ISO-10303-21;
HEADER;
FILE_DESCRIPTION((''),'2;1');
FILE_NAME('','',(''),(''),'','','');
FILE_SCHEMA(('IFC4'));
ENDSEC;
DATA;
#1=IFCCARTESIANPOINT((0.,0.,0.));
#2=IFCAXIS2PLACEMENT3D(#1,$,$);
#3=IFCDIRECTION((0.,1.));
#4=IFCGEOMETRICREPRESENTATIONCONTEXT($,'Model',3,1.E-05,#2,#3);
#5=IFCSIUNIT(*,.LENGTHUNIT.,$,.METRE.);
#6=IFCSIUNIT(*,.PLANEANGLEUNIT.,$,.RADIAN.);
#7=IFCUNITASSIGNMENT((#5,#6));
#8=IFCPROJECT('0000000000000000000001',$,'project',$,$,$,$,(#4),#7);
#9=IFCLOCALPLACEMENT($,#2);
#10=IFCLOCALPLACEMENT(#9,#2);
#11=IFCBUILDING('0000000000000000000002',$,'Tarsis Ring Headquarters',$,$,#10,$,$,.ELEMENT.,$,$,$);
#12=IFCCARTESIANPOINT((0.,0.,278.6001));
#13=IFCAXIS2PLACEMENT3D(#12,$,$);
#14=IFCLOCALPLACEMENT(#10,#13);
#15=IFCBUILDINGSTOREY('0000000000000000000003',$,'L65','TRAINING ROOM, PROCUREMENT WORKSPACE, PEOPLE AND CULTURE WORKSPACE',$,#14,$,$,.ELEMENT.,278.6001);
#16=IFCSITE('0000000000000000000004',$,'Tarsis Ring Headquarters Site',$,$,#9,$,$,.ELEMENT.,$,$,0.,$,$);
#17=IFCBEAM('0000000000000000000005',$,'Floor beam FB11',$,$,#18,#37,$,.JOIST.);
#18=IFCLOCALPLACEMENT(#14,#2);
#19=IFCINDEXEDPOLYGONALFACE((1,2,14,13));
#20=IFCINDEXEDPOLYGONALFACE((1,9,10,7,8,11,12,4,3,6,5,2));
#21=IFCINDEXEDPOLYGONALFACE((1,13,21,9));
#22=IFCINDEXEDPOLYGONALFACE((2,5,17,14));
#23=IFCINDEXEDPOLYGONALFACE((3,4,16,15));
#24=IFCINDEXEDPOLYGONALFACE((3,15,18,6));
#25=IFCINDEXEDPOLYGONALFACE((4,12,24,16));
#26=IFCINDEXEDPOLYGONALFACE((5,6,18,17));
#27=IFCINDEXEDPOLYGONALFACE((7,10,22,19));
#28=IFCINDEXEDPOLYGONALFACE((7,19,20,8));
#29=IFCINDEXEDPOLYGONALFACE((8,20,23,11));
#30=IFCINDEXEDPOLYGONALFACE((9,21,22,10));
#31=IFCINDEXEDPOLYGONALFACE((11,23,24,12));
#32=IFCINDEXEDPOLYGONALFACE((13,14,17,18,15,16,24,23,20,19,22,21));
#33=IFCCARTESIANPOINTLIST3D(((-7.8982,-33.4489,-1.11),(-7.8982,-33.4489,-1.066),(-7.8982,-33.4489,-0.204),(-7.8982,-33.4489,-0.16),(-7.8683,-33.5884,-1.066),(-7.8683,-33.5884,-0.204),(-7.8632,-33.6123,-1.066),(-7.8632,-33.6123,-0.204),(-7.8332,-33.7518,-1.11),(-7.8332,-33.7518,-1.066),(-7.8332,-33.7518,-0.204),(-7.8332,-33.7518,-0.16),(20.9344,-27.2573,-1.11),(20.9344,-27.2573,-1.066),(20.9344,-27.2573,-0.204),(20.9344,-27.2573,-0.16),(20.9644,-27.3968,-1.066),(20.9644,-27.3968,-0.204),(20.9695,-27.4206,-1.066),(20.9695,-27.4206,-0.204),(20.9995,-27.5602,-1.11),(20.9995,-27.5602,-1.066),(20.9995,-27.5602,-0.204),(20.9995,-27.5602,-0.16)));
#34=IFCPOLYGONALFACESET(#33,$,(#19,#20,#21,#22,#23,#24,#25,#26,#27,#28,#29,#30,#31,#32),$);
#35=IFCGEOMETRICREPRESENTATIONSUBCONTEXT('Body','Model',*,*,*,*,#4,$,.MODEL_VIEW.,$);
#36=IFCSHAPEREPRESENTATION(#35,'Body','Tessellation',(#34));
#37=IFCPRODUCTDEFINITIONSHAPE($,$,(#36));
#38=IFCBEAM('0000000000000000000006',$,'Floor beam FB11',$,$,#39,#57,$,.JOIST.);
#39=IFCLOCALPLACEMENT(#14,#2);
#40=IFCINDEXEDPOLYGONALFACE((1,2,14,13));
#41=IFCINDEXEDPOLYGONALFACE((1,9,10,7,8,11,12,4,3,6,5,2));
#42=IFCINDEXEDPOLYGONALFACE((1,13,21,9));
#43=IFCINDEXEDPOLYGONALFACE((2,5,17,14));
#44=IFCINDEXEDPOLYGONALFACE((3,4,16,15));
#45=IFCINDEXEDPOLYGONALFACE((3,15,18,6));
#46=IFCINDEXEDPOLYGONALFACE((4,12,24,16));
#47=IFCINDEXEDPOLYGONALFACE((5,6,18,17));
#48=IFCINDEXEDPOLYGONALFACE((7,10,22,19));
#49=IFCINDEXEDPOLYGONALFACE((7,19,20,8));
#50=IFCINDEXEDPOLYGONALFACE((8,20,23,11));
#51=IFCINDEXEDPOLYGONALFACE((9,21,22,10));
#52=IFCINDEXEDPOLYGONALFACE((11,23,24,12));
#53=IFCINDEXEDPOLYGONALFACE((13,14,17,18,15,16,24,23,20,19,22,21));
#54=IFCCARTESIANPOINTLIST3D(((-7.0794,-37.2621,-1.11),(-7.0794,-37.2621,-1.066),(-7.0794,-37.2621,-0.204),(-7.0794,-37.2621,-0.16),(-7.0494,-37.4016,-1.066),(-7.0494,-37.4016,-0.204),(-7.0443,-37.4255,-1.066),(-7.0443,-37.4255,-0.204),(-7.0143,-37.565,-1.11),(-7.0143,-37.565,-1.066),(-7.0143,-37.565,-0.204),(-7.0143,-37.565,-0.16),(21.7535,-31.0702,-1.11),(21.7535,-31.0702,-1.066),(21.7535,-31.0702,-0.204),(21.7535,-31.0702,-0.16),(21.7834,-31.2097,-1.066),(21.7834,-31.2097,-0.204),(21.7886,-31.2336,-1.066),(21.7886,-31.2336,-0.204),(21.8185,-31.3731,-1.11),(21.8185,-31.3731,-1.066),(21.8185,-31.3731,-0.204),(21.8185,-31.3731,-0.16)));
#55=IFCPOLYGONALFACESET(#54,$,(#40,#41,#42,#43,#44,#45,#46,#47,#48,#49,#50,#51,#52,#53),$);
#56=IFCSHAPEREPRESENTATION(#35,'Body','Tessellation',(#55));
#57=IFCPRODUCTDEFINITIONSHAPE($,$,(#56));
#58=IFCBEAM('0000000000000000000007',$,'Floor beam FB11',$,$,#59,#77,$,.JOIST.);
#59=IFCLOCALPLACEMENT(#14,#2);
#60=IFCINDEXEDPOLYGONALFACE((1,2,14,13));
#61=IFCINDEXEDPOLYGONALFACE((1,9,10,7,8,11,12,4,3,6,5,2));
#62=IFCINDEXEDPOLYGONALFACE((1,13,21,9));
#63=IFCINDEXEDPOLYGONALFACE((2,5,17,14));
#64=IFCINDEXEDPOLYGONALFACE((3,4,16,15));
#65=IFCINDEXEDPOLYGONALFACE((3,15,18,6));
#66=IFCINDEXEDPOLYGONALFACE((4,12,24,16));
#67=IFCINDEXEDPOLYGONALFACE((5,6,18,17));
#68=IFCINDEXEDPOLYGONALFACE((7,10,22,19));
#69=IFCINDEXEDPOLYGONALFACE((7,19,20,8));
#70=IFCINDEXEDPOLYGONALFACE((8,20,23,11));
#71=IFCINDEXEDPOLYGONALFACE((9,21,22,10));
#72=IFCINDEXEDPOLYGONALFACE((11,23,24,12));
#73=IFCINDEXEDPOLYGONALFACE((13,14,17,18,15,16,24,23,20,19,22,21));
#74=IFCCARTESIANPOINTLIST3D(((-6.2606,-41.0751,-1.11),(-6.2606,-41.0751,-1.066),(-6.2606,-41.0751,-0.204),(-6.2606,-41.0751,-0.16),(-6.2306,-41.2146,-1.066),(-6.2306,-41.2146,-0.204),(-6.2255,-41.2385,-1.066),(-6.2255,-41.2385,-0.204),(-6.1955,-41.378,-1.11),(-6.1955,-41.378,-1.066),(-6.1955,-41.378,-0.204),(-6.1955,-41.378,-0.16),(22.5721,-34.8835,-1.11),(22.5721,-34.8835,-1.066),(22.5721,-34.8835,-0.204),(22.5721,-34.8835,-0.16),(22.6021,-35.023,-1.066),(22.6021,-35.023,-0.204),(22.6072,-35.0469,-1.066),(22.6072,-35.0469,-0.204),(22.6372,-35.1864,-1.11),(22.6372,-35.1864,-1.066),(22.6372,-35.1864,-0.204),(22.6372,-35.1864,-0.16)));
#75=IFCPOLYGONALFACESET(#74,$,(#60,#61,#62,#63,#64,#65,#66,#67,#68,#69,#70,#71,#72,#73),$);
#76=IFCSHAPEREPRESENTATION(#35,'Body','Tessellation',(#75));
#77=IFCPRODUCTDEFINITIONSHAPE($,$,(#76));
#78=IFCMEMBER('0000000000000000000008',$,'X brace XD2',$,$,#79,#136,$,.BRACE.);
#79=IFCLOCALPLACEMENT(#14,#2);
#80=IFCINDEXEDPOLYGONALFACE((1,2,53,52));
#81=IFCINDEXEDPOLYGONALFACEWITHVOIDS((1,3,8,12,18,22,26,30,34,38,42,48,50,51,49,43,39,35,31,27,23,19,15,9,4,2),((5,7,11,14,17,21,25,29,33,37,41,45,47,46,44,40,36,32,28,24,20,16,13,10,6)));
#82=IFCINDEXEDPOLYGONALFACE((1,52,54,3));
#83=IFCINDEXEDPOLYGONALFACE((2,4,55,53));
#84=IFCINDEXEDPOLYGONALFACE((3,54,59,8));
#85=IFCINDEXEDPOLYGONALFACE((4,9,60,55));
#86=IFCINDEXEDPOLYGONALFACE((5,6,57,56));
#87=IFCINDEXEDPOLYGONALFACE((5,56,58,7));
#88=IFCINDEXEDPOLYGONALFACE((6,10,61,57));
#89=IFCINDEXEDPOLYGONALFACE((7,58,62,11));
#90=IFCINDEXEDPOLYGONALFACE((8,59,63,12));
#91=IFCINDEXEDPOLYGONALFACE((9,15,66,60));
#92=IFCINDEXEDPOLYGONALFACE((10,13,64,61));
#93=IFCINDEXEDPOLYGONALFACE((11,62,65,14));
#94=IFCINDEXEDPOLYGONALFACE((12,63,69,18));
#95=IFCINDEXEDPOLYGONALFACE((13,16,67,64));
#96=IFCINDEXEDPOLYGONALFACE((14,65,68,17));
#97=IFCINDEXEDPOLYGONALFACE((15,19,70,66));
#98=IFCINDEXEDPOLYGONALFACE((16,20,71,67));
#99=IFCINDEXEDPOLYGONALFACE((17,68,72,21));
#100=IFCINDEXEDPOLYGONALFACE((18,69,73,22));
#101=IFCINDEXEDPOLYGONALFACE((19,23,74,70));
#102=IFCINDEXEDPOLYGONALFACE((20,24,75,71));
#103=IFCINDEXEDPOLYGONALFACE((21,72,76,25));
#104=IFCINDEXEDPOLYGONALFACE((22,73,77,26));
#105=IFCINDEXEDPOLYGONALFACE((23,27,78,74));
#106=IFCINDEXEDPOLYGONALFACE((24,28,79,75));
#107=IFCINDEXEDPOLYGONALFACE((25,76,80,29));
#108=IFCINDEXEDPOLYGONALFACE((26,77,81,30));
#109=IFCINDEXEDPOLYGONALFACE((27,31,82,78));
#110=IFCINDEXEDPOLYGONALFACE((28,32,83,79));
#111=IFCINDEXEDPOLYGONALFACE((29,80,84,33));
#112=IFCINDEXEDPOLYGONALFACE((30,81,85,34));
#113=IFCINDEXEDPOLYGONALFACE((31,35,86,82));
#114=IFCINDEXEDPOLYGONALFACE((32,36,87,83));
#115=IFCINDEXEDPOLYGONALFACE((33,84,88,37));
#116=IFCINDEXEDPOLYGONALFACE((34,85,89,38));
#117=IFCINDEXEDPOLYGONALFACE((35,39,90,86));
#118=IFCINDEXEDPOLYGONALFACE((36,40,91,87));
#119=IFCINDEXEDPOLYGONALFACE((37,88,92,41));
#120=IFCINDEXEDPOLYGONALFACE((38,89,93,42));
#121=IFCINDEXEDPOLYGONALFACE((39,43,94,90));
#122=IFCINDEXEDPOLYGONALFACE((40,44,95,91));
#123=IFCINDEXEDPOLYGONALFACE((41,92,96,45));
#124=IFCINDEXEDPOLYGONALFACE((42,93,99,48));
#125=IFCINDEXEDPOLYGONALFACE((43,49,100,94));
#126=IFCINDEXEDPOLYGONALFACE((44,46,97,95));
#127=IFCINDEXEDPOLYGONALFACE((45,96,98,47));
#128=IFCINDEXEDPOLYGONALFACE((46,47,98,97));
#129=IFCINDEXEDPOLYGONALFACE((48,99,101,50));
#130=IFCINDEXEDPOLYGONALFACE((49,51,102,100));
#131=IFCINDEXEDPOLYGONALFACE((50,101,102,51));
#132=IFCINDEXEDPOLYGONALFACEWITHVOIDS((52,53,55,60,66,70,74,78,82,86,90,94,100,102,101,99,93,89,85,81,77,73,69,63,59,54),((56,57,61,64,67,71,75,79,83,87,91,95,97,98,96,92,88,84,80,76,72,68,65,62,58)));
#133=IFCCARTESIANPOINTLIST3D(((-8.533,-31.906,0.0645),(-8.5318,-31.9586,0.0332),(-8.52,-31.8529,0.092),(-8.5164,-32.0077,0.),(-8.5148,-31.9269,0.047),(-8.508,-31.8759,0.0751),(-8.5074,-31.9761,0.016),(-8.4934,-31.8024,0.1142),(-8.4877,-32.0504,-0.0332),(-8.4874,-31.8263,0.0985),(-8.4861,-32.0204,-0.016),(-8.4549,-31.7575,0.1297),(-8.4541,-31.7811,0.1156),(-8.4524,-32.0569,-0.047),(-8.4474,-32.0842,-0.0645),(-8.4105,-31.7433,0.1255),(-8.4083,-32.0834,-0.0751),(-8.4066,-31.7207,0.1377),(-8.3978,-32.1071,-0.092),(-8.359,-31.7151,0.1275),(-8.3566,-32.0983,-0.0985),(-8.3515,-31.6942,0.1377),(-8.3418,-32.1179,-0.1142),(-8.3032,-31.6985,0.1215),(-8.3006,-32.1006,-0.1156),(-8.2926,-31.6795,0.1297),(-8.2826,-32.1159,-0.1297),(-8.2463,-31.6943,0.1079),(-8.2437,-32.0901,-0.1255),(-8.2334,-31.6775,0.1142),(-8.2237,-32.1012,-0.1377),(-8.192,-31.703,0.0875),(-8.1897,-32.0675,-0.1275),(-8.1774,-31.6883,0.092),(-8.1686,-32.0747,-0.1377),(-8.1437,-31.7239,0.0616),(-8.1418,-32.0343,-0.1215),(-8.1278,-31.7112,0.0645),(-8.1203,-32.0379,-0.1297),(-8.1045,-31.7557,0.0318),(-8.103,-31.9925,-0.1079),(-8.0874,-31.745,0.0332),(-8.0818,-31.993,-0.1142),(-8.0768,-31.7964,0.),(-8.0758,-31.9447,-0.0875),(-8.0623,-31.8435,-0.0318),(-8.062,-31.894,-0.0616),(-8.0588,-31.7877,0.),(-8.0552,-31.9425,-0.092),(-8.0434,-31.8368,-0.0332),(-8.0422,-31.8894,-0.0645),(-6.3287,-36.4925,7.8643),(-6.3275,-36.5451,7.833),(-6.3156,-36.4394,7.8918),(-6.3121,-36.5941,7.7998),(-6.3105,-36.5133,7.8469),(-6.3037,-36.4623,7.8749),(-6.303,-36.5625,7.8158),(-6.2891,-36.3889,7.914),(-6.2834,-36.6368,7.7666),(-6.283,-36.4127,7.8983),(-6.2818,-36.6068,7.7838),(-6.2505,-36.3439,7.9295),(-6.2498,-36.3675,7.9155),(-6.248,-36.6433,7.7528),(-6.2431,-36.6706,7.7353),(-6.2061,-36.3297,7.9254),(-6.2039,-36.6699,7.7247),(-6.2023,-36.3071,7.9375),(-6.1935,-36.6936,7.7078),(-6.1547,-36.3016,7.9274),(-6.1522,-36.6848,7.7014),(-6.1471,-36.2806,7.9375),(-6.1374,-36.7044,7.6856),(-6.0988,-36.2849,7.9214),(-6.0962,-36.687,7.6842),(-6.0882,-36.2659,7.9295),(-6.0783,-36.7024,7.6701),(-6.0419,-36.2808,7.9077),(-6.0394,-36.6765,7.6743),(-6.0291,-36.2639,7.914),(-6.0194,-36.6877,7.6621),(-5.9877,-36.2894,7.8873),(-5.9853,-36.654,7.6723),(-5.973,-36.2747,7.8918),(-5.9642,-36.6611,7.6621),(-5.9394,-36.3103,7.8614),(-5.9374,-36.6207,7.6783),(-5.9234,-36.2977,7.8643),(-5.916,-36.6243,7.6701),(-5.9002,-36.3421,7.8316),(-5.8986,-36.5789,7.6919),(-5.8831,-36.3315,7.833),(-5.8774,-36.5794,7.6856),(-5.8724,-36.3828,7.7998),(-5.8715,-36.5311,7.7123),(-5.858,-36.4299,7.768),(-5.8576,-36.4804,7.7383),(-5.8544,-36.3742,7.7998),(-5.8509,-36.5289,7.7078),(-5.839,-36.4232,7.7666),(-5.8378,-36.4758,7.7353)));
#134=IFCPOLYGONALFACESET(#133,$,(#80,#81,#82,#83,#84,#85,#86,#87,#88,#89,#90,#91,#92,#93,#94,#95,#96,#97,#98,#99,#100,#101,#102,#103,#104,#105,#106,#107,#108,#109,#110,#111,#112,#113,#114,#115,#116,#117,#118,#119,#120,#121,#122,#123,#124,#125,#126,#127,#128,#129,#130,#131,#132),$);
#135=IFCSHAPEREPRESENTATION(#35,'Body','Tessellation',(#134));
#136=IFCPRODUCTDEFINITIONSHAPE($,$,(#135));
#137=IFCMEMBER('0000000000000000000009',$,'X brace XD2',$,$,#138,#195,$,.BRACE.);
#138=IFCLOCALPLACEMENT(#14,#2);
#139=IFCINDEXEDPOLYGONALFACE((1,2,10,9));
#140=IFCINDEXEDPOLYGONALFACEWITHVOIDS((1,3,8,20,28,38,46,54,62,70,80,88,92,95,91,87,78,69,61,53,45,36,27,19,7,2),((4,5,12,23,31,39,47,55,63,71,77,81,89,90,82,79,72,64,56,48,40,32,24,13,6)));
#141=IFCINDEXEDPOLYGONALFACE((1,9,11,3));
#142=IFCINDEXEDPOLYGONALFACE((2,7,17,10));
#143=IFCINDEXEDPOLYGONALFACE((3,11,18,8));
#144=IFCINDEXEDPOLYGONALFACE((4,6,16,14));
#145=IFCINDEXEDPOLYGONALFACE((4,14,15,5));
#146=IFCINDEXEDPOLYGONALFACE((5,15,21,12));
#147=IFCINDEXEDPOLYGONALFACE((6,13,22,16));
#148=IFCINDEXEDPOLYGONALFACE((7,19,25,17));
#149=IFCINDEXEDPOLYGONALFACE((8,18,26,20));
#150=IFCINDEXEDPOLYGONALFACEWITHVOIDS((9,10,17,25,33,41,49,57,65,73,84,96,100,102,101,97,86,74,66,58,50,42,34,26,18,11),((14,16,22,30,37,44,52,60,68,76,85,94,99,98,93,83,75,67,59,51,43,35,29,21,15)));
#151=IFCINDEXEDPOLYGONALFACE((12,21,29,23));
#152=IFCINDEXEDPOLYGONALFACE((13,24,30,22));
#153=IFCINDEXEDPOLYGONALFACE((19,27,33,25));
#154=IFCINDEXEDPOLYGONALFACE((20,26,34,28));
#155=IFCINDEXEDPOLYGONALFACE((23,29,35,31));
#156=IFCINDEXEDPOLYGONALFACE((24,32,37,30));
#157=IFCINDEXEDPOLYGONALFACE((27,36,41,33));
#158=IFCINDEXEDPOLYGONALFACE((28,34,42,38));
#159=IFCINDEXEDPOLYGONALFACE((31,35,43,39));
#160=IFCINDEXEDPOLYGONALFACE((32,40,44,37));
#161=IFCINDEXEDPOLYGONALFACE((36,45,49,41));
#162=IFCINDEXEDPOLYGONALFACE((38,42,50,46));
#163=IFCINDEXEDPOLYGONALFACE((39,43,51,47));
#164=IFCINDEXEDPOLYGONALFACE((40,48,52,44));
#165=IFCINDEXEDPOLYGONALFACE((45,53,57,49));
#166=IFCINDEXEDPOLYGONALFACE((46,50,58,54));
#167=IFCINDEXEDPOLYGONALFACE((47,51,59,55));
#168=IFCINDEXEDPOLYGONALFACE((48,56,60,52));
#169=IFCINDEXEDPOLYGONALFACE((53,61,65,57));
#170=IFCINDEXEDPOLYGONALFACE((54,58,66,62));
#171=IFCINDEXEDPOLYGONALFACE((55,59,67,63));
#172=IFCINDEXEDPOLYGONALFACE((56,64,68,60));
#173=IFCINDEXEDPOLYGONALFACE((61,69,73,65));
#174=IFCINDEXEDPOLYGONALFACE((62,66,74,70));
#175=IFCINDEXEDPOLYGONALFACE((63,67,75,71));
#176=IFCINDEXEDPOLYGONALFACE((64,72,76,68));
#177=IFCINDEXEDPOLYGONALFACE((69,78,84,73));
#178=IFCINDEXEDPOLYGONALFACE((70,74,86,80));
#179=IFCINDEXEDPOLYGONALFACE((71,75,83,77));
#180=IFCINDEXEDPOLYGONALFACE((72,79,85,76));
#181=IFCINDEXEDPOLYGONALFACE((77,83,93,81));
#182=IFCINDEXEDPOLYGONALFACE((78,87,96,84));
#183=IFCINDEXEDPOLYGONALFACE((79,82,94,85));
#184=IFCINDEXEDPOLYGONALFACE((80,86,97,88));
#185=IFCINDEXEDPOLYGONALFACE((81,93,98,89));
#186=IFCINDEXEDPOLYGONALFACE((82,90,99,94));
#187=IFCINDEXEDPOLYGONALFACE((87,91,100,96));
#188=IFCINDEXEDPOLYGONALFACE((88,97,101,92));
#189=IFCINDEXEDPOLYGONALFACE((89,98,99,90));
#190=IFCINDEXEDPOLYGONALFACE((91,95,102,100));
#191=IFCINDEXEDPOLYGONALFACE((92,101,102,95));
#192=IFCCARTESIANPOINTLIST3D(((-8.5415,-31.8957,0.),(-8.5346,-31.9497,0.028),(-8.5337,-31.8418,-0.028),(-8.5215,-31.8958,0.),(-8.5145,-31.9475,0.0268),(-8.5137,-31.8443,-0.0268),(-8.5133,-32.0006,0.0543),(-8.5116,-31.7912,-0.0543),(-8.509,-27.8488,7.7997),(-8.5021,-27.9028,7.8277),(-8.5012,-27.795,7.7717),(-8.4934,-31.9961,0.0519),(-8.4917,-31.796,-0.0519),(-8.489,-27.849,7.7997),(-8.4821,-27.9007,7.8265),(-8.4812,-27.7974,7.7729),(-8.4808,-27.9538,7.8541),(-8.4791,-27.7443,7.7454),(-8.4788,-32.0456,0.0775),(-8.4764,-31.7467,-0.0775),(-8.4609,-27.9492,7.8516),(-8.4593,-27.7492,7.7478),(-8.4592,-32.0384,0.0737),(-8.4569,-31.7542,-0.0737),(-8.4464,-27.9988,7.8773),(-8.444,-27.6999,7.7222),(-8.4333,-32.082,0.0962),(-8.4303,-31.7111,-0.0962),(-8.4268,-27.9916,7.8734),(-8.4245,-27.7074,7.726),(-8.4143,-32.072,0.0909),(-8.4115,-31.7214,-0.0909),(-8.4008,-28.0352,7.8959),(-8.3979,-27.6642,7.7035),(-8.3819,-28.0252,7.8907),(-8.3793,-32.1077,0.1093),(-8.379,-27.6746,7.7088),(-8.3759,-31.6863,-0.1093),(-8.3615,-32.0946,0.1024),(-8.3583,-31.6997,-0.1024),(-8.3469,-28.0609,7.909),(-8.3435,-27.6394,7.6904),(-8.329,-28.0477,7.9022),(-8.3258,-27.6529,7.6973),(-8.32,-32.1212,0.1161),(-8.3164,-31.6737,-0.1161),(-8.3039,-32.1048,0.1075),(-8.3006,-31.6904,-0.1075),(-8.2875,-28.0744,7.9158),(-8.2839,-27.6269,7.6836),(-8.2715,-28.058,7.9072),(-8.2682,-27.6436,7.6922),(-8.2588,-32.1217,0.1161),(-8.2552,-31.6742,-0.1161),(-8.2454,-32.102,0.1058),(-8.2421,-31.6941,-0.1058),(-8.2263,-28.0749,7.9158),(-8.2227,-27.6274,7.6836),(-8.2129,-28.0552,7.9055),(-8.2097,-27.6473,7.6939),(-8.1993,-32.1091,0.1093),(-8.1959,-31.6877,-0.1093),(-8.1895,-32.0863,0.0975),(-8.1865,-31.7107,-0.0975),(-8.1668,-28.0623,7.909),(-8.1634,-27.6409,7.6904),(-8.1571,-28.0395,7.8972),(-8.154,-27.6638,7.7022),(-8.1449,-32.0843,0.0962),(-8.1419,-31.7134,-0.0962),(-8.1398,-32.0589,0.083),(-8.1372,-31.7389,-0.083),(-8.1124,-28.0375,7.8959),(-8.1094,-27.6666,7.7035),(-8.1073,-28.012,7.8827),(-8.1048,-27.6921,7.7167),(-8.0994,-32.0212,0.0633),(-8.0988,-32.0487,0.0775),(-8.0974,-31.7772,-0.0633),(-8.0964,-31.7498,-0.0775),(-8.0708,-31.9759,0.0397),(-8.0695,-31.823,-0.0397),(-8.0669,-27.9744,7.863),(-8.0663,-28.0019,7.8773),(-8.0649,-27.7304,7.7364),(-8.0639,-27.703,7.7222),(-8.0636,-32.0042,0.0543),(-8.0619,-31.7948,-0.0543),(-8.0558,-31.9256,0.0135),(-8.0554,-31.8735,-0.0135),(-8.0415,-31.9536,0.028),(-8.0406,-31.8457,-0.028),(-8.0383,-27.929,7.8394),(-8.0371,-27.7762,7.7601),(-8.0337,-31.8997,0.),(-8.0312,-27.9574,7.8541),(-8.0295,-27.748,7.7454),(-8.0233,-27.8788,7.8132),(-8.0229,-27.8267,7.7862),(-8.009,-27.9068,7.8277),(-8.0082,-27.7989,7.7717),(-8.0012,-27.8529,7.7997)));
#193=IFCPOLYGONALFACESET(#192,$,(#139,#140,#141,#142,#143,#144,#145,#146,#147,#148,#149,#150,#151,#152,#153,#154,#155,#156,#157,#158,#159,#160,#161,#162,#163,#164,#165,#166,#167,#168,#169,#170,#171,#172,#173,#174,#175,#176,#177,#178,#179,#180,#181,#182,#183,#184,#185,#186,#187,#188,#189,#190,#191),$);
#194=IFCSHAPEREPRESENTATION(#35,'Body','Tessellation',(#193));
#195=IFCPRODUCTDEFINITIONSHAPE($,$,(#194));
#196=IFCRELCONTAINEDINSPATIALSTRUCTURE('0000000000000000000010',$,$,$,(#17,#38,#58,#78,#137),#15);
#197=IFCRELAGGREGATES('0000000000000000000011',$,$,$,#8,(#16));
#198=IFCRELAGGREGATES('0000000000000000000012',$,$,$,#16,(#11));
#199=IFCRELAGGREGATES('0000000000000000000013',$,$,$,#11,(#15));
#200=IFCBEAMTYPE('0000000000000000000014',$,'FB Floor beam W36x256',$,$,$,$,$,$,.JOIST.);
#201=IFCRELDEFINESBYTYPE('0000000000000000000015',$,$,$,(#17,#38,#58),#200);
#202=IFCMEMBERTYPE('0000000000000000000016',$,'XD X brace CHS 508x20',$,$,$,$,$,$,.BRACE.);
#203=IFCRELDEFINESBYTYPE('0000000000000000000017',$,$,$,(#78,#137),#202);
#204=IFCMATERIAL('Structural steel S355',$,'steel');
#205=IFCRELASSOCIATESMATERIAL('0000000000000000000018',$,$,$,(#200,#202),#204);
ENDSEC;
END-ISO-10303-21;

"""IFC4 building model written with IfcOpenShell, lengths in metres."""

from ifc_helpers import new_model, si_unit, direction, frame, origin, origin_2d, place, context, subcontext, project, spatial, hollow_circle, i_section, extrude, material, material_profile, profile_set, type_object, element, save


model = new_model("IFC4")

# Units and contexts
model_context = context("Model", 3, precision=1e-05, world=origin(), true_north=direction((0.0, 1.0)))
body_context = subcontext(model_context, "Body", "Model", "MODEL_VIEW")
ifc_project = project(units=[si_unit("LENGTHUNIT", "METRE"), si_unit("PLANEANGLEUNIT", "RADIAN")], contexts=[model_context])

# Site, building, storey
site_placement = place(None, origin())
site = spatial("IfcSite", under=ifc_project, at=site_placement, Name="Tarsis Ring Headquarters Site", CompositionType="ELEMENT", RefElevation=0.0)
building_placement = place(site_placement, origin())
building = spatial("IfcBuilding", under=site, at=building_placement, Name="Tarsis Ring Headquarters", CompositionType="ELEMENT")
storey_placement = place(building_placement, frame((0.0, 0.0, 278.6001)))
storey = spatial("IfcBuildingStorey", under=building, at=storey_placement, Name="L65", Description="TRAINING ROOM, PROCUREMENT WORKSPACE, PEOPLE AND CULTURE WORKSPACE", CompositionType="ELEMENT", Elevation=278.6001)

# Shared definitions
ifc_material_1 = material(Name="Structural steel S355", Category="steel")

# Beams
ifc_material_profile_1 = material_profile(ifc_material_1, i_section(OverallWidth=0.3098, OverallDepth=0.95, WebThickness=0.0244, FlangeThickness=0.0439, at=origin_2d()), Name="W36x256")
ifc_profile_set_1 = profile_set([ifc_material_profile_1], Name="Structural steel S355")
beam_type_1 = type_object("IfcBeamType", Name="FB Floor beam W36x256", PredefinedType="JOIST", material=ifc_profile_set_1)
for number, where, z_axis, x_axis, name in (
    (1, (-7.8657, -33.6003, -0.635), (0.977711, 0.209957, 0.0), (-0.209957, 0.977711, 0.0), "Floor beam FB11"),
):
    element("IfcBeam", number, at=place(storey_placement, frame(where, z_axis=z_axis, x_axis=x_axis)), inside=storey, type_object=beam_type_1, Name=name, PredefinedType="JOIST", context=body_context, shape_type="SweptSolid", body=[
        extrude(i_section(OverallWidth=0.3098, OverallDepth=0.95, WebThickness=0.0244, FlangeThickness=0.0439, at=origin_2d()), origin(), (0.0, 0.0, 1.0), 29.49),
    ])
beam_1_placement = place(storey_placement, frame((-7.0469, -37.4136, -0.635), z_axis=(0.977709, 0.209965, 0.0), x_axis=(-0.209965, 0.977709, 0.0)))
element("IfcBeam", 2, at=beam_1_placement, inside=storey, type_object=beam_type_1, Name="Floor beam FB11", PredefinedType="JOIST", context=body_context, shape_type="SweptSolid", body=[
    extrude(i_section(OverallWidth=0.3098, OverallDepth=0.95, WebThickness=0.0244, FlangeThickness=0.0439, at=origin_2d()), origin(), (0.0, 0.0, 1.0), 29.4902),
])
beam_2_placement = place(storey_placement, frame((-6.228, -41.2266, -0.635), z_axis=(0.977711, 0.209957, 0.0), x_axis=(-0.209957, 0.977711, 0.0)))
element("IfcBeam", 3, at=beam_2_placement, inside=storey, type_object=beam_type_1, Name="Floor beam FB11", PredefinedType="JOIST", context=body_context, shape_type="SweptSolid", body=[
    extrude(i_section(OverallWidth=0.3098, OverallDepth=0.95, WebThickness=0.0244, FlangeThickness=0.0439, at=origin_2d()), origin(), (0.0, 0.0, 1.0), 29.49),
])

# Members
ifc_material_profile_2 = material_profile(ifc_material_1, hollow_circle(Radius=0.2539, WallThickness=0.02, at=origin_2d()), Name="CHS 508x20")
ifc_profile_set_2 = profile_set([ifc_material_profile_2], Name="Structural steel S355")
member_type = type_object("IfcMemberType", Name="XD X brace CHS 508x20", PredefinedType="BRACE", material=ifc_profile_set_2)
member_1_placement = place(storey_placement, frame((-8.2876, -31.8977, 0.0), z_axis=(0.236696, -0.492477, 0.837521), x_axis=(0.901304, 0.433188, 0.0)))
element("IfcMember", 4, at=member_1_placement, inside=storey, type_object=member_type, Name="X brace XD2", PredefinedType="BRACE", context=body_context, shape_type="SweptSolid", body=[
    extrude(hollow_circle(Radius=0.2539, WallThickness=0.02, at=origin_2d()), origin(), (0.0, 0.0, 1.0), 9.313),
])
member_2_placement = place(storey_placement, frame((-8.2876, -31.8977, 0.0), z_axis=(0.003695, 0.460541, 0.887631), x_axis=(-0.999968, 0.008023, 0.0)))
element("IfcMember", 5, at=member_2_placement, inside=storey, type_object=member_type, Name="X brace XD2", PredefinedType="BRACE", context=body_context, shape_type="SweptSolid", body=[
    extrude(hollow_circle(Radius=0.2539, WallThickness=0.02, at=origin_2d()), origin(), (0.0, 0.0, 1.0), 8.7871),
])

save(model, "model.ifc")
